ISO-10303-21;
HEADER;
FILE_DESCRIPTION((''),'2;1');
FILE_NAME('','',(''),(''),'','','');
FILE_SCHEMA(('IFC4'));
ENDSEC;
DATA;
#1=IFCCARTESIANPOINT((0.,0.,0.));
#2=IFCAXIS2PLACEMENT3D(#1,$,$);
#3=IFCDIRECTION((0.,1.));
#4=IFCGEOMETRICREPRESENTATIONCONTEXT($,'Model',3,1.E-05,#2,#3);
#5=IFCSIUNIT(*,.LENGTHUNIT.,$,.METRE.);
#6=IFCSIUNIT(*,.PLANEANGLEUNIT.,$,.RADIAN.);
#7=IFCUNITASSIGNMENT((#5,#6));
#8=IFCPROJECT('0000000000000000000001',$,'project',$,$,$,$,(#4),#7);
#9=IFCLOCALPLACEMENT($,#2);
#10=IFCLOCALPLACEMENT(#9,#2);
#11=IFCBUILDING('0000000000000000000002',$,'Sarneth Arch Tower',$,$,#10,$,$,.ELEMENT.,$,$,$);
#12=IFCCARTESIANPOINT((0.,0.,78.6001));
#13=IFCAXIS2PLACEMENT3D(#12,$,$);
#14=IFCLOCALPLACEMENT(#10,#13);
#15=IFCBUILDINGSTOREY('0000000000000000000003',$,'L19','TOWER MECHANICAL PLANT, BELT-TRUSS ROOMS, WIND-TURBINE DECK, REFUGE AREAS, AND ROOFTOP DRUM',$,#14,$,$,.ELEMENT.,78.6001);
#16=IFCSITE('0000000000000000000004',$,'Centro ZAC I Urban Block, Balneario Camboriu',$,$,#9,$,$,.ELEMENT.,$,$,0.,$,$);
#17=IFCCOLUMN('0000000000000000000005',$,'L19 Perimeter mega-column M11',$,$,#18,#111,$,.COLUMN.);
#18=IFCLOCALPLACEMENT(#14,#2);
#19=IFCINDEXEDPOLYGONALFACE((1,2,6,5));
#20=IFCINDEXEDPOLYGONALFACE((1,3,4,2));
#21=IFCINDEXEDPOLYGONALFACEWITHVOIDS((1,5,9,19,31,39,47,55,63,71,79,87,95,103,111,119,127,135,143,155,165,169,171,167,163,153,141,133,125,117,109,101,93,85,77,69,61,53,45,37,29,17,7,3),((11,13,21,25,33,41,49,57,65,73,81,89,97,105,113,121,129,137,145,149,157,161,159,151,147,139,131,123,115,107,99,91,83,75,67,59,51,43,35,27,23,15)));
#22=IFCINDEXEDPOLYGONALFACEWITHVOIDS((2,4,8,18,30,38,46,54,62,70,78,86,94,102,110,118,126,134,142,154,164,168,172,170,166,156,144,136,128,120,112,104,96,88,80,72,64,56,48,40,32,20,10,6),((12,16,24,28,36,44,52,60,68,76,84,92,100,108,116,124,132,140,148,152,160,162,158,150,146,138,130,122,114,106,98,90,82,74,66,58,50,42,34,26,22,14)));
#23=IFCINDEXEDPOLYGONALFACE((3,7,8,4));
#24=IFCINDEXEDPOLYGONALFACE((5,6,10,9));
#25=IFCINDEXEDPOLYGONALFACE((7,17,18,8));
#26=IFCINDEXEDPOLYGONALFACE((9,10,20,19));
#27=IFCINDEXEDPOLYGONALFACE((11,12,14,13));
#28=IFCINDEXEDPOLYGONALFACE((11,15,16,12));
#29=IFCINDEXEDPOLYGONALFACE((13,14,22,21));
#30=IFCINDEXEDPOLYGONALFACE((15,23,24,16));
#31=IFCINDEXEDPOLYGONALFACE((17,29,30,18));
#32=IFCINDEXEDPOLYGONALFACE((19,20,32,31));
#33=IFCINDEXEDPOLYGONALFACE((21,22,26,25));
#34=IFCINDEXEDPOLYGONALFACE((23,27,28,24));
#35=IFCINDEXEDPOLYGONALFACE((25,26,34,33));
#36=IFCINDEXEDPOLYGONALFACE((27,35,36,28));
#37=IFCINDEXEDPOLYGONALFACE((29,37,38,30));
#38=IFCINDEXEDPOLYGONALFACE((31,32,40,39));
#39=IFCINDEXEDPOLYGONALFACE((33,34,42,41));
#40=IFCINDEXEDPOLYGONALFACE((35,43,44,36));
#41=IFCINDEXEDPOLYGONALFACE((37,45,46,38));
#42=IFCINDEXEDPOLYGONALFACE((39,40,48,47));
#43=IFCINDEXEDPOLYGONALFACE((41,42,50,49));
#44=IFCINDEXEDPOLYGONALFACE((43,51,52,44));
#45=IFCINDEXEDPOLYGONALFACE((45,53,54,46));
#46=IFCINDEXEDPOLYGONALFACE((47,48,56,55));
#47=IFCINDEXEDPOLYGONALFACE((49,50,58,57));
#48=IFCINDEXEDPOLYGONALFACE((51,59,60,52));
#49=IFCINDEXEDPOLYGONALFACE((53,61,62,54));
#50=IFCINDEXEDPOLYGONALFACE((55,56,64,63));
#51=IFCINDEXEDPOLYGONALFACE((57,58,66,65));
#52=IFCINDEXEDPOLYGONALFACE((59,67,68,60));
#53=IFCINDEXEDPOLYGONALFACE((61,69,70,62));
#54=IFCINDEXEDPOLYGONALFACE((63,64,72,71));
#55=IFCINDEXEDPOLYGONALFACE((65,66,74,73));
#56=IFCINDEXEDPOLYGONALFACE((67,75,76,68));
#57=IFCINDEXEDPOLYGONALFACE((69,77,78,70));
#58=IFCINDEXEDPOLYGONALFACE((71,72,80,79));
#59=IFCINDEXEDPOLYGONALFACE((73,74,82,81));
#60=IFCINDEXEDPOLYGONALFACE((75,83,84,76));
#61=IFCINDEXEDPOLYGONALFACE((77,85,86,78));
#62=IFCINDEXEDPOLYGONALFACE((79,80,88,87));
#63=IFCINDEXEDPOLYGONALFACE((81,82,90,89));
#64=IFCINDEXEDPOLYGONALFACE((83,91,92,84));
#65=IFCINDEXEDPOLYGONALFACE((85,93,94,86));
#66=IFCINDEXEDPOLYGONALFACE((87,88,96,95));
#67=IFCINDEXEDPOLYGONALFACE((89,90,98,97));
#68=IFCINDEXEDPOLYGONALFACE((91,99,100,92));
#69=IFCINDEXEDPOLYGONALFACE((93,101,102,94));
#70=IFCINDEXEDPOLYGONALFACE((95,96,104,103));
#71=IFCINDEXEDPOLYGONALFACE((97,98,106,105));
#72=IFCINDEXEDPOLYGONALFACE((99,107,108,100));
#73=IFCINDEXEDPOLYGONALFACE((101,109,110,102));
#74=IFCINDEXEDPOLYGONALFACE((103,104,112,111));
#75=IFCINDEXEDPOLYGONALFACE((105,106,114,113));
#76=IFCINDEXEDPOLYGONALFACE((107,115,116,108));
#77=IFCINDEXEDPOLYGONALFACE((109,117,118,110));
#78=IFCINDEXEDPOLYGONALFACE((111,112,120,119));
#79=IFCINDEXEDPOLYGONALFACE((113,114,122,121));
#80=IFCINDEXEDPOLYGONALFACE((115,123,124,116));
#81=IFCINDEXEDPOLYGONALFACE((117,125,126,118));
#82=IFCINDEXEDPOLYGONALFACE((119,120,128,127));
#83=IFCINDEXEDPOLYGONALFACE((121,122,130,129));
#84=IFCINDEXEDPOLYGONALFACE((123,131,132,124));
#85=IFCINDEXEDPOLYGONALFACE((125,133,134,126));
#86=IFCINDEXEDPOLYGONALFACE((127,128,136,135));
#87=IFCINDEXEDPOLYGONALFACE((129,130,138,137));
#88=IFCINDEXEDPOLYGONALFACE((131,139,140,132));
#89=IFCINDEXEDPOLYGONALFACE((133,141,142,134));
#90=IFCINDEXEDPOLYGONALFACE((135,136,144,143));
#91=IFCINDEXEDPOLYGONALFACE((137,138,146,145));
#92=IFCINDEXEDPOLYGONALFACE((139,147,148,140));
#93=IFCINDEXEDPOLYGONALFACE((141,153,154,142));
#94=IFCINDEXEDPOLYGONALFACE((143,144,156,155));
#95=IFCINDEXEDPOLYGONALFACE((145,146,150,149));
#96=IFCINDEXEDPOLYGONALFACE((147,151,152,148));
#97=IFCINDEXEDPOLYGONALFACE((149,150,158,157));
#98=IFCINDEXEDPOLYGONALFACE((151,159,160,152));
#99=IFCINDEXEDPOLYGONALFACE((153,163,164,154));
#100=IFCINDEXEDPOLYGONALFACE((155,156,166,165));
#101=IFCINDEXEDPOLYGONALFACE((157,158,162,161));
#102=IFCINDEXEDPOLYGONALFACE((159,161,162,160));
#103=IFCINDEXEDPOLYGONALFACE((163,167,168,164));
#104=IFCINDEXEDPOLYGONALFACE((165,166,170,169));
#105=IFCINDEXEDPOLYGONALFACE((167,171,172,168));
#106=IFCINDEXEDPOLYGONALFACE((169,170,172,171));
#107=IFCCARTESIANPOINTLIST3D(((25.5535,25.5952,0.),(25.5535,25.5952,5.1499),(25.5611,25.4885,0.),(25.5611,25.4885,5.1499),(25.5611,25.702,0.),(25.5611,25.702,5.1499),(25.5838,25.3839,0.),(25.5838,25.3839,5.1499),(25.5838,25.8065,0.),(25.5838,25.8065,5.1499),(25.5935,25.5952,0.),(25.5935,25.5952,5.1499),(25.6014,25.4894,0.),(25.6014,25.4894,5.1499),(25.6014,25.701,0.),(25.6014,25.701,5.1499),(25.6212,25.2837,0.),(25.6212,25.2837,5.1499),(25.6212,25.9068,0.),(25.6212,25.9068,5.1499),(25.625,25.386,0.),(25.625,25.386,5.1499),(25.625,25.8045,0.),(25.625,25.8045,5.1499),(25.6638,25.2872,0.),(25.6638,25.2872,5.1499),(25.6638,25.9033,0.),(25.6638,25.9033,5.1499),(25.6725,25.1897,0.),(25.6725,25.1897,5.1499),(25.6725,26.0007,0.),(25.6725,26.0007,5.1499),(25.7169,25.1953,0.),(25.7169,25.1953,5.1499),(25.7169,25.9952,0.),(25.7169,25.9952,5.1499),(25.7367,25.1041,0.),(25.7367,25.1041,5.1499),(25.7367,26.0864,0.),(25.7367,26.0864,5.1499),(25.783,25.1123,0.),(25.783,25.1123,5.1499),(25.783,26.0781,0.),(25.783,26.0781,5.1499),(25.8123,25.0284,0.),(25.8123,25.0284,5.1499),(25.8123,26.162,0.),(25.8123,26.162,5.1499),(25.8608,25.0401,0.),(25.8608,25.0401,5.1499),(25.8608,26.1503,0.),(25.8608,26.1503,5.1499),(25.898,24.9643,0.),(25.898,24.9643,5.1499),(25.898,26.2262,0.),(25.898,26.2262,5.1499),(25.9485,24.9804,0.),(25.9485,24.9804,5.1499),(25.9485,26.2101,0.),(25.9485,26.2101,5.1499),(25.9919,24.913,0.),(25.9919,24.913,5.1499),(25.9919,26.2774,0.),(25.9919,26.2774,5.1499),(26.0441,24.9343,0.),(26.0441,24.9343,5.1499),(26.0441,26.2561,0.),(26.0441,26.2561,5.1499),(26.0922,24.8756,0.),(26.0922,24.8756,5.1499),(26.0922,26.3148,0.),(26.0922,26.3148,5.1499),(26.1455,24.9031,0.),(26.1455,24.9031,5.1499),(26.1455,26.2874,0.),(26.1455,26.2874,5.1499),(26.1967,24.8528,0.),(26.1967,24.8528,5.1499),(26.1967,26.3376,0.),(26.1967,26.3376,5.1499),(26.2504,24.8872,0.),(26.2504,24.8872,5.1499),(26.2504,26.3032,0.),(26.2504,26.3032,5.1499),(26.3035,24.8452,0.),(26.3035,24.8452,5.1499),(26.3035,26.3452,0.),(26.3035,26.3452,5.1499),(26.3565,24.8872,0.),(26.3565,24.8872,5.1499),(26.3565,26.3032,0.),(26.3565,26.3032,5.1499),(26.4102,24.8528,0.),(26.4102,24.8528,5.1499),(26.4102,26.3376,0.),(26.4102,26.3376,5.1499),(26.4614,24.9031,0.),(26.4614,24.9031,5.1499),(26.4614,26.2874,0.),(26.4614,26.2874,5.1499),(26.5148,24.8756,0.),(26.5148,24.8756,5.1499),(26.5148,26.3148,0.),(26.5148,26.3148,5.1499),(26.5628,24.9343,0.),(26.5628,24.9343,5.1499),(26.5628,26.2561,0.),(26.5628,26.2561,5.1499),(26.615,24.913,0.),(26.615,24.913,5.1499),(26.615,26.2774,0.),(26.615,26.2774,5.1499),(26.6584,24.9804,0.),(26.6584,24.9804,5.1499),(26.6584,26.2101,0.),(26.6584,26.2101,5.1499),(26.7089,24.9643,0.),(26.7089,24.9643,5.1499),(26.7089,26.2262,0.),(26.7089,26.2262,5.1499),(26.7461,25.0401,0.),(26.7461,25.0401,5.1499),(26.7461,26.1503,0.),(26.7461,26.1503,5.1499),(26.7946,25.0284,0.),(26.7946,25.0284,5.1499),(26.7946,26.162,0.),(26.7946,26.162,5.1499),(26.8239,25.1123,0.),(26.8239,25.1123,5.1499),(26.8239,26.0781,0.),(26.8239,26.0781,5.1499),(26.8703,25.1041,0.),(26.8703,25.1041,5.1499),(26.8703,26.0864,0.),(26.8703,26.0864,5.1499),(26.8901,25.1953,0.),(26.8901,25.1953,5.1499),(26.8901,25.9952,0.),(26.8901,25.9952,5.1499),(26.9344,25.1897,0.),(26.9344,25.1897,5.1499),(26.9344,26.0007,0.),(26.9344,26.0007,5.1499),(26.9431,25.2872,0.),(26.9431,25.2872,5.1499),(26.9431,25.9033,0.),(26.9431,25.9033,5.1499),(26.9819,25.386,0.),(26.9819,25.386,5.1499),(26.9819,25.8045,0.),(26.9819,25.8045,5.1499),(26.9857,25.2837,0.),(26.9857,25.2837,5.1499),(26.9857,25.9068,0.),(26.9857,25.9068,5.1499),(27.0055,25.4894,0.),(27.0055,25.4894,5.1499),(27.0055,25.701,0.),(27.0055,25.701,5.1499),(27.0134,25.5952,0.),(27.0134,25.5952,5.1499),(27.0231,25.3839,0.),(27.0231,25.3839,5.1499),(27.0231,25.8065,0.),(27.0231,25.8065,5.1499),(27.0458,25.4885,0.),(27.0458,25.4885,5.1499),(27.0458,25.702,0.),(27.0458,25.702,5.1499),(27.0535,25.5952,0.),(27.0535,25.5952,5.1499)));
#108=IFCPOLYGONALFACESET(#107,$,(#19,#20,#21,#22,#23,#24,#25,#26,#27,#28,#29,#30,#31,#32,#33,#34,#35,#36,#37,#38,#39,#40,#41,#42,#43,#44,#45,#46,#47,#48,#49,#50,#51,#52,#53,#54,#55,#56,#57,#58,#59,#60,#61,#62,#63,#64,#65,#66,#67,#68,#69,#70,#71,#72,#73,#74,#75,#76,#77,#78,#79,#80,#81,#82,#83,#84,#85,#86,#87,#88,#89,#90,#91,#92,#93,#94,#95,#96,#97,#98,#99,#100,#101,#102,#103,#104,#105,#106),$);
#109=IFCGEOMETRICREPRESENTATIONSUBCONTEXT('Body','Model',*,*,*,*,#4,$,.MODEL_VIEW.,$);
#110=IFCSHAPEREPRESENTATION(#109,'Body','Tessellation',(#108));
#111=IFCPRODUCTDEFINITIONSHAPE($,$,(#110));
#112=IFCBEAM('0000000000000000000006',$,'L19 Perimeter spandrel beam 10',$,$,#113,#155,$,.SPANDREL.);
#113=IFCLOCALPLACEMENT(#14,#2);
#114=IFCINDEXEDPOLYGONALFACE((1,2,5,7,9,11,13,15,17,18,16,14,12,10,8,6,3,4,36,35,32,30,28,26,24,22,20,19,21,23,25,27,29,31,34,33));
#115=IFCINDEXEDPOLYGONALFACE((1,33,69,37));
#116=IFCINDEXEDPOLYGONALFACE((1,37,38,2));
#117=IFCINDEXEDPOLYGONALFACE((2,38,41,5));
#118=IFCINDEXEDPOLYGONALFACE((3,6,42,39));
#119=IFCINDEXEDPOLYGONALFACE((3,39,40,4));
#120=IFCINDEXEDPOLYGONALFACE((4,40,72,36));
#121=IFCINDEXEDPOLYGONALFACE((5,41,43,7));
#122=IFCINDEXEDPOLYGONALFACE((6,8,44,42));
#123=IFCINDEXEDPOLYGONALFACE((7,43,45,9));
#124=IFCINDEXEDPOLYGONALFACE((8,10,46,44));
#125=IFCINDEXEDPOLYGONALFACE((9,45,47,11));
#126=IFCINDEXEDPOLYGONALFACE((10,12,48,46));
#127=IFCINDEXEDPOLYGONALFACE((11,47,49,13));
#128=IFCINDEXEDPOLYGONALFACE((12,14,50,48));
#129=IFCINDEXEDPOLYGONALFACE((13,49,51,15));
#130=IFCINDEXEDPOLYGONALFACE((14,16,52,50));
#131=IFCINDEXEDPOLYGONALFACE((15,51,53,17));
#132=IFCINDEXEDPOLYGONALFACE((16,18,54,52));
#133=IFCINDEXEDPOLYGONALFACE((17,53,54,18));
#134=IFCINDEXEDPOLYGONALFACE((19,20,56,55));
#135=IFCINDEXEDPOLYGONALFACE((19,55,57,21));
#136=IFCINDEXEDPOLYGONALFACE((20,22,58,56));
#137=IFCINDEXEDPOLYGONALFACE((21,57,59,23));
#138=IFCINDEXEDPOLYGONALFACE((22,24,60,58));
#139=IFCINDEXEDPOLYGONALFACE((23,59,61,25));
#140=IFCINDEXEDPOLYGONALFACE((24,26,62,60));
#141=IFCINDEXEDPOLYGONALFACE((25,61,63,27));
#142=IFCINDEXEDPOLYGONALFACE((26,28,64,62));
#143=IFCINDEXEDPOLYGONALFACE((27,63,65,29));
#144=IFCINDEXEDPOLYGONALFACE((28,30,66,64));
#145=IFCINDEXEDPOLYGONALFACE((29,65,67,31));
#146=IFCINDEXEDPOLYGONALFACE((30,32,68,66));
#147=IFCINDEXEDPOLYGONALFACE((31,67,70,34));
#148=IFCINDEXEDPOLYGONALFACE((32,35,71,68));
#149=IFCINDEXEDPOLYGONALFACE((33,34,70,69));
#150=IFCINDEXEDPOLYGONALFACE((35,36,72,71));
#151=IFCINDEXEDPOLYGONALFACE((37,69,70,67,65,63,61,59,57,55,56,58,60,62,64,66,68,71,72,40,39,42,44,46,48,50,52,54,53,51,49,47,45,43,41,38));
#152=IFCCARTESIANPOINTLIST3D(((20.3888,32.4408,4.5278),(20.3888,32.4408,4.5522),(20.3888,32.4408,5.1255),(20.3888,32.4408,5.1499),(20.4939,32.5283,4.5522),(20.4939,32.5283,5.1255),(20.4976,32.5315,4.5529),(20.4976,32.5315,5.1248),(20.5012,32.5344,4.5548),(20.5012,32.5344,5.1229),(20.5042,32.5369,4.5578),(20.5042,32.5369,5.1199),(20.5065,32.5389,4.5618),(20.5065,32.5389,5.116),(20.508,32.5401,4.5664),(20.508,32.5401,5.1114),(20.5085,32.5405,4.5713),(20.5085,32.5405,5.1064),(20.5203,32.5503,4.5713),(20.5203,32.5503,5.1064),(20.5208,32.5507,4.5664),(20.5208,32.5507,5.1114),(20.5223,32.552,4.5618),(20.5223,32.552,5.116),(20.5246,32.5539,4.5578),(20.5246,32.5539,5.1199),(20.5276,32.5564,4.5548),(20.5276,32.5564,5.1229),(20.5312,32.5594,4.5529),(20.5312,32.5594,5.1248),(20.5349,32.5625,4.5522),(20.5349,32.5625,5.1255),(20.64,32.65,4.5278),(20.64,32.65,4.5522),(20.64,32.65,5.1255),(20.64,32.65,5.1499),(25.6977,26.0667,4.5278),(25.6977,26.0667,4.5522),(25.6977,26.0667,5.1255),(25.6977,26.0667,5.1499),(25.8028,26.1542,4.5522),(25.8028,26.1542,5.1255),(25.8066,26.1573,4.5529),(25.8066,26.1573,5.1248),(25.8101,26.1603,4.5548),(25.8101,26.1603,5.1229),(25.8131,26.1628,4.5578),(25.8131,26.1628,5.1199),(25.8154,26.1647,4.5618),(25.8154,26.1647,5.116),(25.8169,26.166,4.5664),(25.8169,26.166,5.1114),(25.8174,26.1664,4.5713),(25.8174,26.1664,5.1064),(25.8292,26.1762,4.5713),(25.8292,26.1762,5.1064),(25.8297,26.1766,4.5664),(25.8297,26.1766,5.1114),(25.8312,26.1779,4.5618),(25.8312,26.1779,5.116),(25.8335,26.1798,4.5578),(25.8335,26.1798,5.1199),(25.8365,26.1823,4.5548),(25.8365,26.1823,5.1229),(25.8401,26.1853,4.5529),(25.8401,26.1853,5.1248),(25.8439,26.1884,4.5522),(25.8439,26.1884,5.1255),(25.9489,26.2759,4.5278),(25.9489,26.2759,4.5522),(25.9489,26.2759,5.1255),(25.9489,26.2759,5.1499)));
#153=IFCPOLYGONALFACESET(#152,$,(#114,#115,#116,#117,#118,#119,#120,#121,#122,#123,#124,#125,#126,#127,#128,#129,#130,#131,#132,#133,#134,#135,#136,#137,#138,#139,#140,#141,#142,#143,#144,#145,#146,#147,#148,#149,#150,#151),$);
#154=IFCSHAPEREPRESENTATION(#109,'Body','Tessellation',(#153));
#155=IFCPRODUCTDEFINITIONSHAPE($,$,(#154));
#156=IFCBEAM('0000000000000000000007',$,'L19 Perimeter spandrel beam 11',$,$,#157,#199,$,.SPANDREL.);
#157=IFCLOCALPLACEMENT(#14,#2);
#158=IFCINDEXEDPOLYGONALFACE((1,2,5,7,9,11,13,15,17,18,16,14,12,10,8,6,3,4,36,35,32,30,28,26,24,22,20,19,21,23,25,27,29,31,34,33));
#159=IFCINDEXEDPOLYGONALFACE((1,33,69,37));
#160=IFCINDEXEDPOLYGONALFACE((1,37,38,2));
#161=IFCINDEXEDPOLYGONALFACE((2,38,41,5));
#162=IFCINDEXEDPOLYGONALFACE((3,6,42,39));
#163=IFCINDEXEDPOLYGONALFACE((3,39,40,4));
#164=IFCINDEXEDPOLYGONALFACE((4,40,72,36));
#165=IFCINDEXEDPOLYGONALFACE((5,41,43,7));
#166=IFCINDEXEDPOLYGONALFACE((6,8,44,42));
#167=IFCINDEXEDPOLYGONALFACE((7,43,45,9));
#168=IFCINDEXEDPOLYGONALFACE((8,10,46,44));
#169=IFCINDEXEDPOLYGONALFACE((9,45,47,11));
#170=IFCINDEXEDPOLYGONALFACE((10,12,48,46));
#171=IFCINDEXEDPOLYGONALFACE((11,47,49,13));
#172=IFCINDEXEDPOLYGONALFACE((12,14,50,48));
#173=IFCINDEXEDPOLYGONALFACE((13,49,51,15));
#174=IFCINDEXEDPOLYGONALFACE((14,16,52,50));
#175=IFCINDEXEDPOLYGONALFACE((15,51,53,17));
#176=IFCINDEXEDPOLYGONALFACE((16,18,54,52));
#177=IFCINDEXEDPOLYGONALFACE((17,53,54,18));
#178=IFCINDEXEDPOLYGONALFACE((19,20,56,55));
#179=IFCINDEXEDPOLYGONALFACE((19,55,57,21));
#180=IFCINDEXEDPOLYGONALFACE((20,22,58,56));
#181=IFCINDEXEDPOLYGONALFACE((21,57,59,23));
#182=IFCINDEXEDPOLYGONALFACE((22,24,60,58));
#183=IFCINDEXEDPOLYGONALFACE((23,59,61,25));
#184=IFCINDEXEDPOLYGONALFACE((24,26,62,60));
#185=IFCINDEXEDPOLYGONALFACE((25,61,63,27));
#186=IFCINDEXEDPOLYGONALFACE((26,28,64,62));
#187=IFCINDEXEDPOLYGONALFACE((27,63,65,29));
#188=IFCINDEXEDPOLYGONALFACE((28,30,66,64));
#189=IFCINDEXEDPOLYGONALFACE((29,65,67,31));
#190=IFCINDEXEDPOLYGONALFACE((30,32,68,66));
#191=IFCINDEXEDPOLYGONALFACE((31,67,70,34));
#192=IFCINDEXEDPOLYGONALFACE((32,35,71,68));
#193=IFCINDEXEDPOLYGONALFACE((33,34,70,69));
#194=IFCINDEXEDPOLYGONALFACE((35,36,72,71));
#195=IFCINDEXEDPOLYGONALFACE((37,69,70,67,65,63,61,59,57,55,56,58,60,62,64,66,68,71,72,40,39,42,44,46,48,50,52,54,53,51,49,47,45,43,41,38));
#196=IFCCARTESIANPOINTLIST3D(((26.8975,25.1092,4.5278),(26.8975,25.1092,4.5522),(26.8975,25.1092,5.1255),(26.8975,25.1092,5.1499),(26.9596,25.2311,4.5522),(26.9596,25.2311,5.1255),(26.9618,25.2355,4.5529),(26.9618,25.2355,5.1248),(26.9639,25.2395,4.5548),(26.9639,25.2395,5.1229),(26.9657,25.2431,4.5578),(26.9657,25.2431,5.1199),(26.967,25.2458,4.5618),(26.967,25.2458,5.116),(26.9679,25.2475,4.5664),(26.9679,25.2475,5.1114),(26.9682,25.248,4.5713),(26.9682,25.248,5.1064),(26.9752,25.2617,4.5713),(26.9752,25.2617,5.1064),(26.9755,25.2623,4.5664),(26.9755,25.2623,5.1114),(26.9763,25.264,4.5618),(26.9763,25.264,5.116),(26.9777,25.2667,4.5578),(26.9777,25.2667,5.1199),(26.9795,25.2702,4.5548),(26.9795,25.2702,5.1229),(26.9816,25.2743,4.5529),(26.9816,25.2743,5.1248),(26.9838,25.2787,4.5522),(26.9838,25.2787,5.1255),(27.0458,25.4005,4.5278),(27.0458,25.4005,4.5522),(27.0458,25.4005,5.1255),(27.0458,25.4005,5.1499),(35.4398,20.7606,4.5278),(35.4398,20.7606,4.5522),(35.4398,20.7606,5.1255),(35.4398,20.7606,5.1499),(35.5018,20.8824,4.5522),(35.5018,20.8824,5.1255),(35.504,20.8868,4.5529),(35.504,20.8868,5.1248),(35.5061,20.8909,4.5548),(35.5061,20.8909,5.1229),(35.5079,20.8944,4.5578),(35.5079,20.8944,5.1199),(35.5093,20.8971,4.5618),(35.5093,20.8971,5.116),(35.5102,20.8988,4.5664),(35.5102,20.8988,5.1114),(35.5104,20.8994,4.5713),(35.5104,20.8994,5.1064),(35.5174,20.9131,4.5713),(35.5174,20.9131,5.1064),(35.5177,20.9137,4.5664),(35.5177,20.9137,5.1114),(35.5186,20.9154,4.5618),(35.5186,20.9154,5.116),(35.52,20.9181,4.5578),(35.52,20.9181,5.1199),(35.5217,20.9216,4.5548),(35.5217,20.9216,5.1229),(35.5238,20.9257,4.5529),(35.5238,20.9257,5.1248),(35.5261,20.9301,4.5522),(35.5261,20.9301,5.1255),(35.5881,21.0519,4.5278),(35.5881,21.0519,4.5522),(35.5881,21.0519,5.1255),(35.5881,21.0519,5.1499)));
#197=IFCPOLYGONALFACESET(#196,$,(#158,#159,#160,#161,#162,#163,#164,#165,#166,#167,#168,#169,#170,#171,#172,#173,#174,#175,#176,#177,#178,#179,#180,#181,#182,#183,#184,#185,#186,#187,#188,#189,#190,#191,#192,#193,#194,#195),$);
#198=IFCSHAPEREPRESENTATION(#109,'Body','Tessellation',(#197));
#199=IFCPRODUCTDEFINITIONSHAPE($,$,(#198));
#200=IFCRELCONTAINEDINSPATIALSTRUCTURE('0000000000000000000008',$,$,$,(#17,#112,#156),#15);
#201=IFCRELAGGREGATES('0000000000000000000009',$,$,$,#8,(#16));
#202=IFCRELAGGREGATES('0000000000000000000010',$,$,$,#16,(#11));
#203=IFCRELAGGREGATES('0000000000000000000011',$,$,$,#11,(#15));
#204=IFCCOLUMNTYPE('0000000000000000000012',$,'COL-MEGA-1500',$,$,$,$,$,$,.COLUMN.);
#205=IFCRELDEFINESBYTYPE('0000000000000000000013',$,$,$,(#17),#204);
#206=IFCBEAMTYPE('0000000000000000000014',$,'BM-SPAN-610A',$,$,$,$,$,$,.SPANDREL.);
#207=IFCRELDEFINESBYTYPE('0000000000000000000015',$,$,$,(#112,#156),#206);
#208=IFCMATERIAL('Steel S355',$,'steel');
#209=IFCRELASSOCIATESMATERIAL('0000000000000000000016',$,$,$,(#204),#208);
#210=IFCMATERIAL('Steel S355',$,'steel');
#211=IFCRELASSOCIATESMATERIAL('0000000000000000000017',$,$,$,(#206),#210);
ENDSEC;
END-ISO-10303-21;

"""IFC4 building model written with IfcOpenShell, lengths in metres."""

from ifc_helpers import new_model, si_unit, direction, frame, origin, origin_2d, place, context, subcontext, project, spatial, hollow_circle, i_section, extrude, material, material_profile, profile_set, type_object, element, save


model = new_model("IFC4")

# Units and contexts
model_context = context("Model", 3, precision=1e-05, world=origin(), true_north=direction((0.0, 1.0)))
body_context = subcontext(model_context, "Body", "Model", "MODEL_VIEW")
ifc_project = project(units=[si_unit("LENGTHUNIT", "METRE"), si_unit("PLANEANGLEUNIT", "RADIAN")], contexts=[model_context])

# Site, building, storey
site_placement = place(None, origin())
site = spatial("IfcSite", under=ifc_project, at=site_placement, Name="Centro ZAC I Urban Block, Balneario Camboriu", CompositionType="ELEMENT", RefElevation=0.0)
building_placement = place(site_placement, origin())
building = spatial("IfcBuilding", under=site, at=building_placement, Name="Sarneth Arch Tower", CompositionType="ELEMENT")
storey_placement = place(building_placement, frame((0.0, 0.0, 78.6001)))
storey = spatial("IfcBuildingStorey", under=building, at=storey_placement, Name="L19", Description="TOWER MECHANICAL PLANT, BELT-TRUSS ROOMS, WIND-TURBINE DECK, REFUGE AREAS, AND ROOFTOP DRUM", CompositionType="ELEMENT", Elevation=78.6001)

# Column
ifc_material_1 = material(Name="Steel S355", Category="steel")
ifc_material_profile_1 = material_profile(ifc_material_1, hollow_circle(Radius=0.75, WallThickness=0.04, at=origin_2d()), Name="CHS1500x40")
ifc_profile_set_1 = profile_set([ifc_material_profile_1], Name="Steel S355")
column_type = type_object("IfcColumnType", Name="COL-MEGA-1500", PredefinedType="COLUMN", material=ifc_profile_set_1)
column_placement = place(storey_placement, frame((26.3035, 25.5952, 0.0), z_axis=(0.0, 0.0, 1.0), x_axis=(1.0, 0.0, 0.0)))
element("IfcColumn", 1, at=column_placement, inside=storey, type_object=column_type, Name="L19 Perimeter mega-column M11", PredefinedType="COLUMN", context=body_context, shape_type="SweptSolid", body=[
    extrude(hollow_circle(Radius=0.75, WallThickness=0.04, at=origin_2d()), origin(), (0.0, 0.0, 1.0), 5.1499),
])

# Beams
ifc_material_2 = material(Name="Steel S355", Category="steel")
ifc_material_profile_2 = material_profile(ifc_material_2, i_section(OverallWidth=0.3269, OverallDepth=0.6221, WebThickness=0.0154, FlangeThickness=0.0244, FilletRadius=0.019, at=origin_2d()), Name="W610x195")
ifc_profile_set_2 = profile_set([ifc_material_profile_2], Name="Steel S355")
beam_type = type_object("IfcBeamType", Name="BM-SPAN-610A", PredefinedType="SPANDREL", material=ifc_profile_set_2)
beam_1_placement = place(storey_placement, frame((20.5144, 32.5454, 4.8389), z_axis=(0.639982, -0.76839, 0.0), x_axis=(0.76839, 0.639982, 0.0)))
element("IfcBeam", 2, at=beam_1_placement, inside=storey, type_object=beam_type, Name="L19 Perimeter spandrel beam 10", PredefinedType="SPANDREL", context=body_context, shape_type="SweptSolid", body=[
    extrude(i_section(OverallWidth=0.3269, OverallDepth=0.6221, WebThickness=0.0154, FlangeThickness=0.0244, FilletRadius=0.019, at=origin_2d()), origin(), (0.0, 0.0, 1.0), 8.2954),
])
beam_2_placement = place(storey_placement, frame((26.9717, 25.2549, 4.8389), z_axis=(0.891169, -0.453671, 0.0), x_axis=(0.453671, 0.891169, 0.0)))
element("IfcBeam", 3, at=beam_2_placement, inside=storey, type_object=beam_type, Name="L19 Perimeter spandrel beam 11", PredefinedType="SPANDREL", context=body_context, shape_type="SweptSolid", body=[
    extrude(i_section(OverallWidth=0.3269, OverallDepth=0.6221, WebThickness=0.0154, FlangeThickness=0.0244, FilletRadius=0.019, at=origin_2d()), origin(), (0.0, 0.0, 1.0), 9.5854),
])

save(model, "model.ifc")
